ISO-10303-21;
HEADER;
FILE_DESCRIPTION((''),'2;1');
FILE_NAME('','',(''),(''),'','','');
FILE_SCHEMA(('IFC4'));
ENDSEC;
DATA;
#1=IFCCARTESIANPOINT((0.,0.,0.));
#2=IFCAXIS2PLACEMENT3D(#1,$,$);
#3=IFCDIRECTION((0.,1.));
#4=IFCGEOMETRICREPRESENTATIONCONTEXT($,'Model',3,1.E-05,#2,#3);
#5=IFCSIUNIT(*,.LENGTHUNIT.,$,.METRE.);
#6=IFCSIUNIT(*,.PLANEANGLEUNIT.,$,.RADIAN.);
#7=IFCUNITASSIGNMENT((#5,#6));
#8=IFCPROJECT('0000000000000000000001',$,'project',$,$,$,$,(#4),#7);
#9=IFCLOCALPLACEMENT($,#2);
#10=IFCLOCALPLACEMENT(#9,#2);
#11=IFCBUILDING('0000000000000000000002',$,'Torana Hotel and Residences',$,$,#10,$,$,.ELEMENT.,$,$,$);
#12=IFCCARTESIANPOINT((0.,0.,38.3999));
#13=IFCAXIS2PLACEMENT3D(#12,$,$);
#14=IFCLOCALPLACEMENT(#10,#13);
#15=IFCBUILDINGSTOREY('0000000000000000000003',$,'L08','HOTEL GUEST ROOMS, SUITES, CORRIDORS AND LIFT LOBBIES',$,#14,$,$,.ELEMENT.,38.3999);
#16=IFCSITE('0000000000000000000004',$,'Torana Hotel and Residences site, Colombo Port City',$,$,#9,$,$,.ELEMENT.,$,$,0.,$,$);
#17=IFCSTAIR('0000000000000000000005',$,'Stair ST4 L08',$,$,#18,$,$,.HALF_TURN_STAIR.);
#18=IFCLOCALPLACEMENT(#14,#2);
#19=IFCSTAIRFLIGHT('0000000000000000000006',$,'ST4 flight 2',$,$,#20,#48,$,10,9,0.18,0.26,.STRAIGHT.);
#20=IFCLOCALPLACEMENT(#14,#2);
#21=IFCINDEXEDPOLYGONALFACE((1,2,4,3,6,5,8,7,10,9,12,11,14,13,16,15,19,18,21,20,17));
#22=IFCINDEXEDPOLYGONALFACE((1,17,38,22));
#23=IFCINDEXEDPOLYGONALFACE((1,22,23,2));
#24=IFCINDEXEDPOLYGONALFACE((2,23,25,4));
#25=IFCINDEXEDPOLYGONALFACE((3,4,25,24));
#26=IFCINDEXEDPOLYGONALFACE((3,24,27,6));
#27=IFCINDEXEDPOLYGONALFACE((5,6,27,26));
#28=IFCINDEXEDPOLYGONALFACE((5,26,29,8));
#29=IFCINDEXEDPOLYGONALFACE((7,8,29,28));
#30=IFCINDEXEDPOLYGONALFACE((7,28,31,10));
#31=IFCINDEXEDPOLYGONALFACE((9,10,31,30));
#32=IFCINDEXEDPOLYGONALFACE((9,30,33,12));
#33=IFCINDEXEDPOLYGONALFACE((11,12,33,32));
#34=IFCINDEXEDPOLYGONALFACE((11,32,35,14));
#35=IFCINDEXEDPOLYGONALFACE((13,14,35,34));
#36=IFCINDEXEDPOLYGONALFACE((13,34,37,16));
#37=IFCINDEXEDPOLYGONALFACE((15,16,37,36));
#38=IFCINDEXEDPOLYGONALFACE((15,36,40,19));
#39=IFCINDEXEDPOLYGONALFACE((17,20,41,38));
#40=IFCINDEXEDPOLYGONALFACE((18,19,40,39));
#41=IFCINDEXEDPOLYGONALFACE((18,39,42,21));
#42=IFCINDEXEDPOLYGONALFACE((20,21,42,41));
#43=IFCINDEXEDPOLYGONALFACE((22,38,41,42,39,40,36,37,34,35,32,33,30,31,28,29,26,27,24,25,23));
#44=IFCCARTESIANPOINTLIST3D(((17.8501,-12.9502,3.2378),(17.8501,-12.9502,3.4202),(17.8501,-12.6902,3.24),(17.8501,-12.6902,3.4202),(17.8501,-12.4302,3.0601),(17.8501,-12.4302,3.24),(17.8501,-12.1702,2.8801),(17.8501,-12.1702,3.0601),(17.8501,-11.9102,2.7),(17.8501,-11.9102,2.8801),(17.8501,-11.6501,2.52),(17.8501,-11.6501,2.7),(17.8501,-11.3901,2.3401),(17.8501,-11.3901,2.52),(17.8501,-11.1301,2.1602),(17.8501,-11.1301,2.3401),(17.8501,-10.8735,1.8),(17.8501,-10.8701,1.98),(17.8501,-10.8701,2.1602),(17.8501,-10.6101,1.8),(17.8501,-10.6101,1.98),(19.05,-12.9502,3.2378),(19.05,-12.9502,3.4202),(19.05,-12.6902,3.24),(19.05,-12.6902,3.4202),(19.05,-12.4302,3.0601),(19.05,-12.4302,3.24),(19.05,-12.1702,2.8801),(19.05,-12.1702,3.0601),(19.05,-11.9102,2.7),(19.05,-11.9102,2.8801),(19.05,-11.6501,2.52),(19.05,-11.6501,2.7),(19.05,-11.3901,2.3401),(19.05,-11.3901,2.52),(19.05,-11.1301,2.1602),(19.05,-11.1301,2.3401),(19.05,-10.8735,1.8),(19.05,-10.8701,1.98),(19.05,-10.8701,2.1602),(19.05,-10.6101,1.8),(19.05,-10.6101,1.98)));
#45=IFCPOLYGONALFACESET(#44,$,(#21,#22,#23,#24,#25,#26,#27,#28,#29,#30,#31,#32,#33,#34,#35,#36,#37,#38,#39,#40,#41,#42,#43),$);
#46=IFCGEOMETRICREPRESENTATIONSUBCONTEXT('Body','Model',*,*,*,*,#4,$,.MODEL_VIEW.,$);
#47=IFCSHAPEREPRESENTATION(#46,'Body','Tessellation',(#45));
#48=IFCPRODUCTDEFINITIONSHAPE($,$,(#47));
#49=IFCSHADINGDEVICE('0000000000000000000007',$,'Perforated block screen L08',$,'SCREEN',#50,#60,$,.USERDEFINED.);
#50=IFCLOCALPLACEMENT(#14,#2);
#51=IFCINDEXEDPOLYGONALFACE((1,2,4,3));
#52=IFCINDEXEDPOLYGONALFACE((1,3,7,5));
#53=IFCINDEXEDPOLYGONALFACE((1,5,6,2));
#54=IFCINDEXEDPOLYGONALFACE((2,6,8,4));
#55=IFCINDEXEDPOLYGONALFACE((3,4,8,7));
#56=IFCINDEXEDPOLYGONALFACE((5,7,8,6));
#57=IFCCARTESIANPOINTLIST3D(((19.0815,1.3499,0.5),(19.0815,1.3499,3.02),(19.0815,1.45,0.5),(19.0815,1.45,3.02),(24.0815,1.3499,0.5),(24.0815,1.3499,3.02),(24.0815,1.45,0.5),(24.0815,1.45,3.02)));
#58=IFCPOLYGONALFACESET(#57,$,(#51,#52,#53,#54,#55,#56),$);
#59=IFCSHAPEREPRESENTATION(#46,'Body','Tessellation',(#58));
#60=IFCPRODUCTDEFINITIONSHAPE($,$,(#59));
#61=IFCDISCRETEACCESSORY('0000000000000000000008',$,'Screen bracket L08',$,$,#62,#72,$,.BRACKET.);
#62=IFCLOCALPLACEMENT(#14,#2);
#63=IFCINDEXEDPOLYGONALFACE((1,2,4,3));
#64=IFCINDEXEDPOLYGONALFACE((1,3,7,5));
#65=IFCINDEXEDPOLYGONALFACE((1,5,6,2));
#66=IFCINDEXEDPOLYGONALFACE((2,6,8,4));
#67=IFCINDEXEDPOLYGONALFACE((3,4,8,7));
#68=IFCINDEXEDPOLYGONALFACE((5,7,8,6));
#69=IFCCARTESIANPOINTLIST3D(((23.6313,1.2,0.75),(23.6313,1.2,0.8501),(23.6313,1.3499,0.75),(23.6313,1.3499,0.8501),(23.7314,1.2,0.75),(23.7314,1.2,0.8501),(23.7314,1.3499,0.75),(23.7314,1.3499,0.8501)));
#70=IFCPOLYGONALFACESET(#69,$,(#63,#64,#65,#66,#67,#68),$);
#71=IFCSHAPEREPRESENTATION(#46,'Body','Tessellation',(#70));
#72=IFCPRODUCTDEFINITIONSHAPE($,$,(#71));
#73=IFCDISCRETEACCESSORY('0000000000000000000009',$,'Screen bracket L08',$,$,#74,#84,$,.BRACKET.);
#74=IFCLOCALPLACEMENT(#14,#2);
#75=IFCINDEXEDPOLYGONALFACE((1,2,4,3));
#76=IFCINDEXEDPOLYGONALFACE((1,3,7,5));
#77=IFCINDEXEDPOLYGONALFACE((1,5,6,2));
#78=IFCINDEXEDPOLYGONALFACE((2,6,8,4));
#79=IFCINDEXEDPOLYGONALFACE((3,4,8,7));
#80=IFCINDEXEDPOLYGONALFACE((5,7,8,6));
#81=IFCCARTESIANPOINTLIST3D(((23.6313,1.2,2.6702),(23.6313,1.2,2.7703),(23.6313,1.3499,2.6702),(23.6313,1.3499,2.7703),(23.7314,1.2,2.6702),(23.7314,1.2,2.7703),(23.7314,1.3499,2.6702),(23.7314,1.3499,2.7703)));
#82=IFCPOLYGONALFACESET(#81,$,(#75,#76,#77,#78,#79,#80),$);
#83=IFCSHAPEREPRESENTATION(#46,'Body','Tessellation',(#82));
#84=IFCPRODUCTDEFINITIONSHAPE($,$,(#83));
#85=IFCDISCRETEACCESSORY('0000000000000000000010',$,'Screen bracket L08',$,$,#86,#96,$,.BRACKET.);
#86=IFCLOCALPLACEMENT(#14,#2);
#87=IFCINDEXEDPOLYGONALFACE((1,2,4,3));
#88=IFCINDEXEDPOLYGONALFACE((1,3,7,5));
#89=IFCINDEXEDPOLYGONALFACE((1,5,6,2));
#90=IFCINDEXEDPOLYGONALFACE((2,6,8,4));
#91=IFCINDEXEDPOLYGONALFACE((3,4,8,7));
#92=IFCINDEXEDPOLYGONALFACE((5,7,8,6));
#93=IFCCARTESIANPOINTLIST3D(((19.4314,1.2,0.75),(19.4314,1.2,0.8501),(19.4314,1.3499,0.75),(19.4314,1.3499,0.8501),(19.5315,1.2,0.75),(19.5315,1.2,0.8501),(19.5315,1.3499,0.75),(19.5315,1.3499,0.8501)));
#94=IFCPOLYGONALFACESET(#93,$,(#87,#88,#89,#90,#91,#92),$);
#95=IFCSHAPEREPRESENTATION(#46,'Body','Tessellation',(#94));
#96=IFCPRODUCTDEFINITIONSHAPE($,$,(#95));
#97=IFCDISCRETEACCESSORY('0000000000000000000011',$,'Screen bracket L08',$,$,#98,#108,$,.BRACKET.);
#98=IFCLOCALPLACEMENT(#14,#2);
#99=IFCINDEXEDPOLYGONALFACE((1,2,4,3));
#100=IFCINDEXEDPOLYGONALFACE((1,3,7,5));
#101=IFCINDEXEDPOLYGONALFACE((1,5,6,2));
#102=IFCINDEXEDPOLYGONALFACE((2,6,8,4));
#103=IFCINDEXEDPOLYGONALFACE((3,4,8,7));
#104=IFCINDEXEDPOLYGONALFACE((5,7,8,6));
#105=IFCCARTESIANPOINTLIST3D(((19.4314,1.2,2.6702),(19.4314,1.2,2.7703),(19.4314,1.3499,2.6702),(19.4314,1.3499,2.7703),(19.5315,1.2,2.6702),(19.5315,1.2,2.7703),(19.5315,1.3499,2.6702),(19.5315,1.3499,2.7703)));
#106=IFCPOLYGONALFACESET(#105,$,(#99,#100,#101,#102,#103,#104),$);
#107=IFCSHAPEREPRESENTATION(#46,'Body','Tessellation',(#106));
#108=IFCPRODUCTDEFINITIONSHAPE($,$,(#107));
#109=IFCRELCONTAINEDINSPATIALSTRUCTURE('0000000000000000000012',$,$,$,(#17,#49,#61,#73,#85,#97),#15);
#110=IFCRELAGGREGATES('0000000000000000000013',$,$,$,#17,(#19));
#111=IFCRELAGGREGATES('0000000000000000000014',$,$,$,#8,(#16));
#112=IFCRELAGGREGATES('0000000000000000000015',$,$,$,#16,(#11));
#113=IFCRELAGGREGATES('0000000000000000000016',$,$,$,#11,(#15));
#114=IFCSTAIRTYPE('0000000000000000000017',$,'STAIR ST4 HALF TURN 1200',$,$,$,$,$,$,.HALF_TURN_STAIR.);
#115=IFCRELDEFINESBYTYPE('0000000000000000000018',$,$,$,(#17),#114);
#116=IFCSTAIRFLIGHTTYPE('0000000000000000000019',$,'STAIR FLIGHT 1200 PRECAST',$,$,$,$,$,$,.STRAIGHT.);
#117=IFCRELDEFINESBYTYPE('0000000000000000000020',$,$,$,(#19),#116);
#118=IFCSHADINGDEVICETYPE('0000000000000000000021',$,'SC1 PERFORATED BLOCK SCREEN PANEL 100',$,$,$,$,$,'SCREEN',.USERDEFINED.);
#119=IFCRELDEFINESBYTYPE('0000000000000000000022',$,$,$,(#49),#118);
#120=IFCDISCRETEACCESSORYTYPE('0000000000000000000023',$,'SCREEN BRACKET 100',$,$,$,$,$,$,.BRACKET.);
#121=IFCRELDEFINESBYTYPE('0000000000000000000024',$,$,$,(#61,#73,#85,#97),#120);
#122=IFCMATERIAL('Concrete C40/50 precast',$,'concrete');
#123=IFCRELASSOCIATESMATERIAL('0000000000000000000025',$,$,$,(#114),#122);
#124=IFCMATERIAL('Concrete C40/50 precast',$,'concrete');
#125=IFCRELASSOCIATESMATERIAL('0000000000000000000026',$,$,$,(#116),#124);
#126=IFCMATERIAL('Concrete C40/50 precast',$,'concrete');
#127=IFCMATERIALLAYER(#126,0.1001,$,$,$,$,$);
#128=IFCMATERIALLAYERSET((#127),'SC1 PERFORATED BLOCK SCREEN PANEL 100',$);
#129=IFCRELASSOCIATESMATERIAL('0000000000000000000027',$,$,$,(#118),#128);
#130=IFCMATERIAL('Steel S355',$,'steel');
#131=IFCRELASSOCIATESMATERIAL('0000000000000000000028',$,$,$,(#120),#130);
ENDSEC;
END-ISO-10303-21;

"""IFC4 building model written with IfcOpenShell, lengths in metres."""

from ifc_helpers import new_model, si_unit, direction, frame, origin, origin_2d, place, context, subcontext, project, spatial, polyline, rectangle, outline, extrude, material, layer, layer_set, type_object, element, aggregate, save


model = new_model("IFC4")

# Units and contexts
model_context = context("Model", 3, precision=1e-05, world=origin(), true_north=direction((0.0, 1.0)))
body_context = subcontext(model_context, "Body", "Model", "MODEL_VIEW")
ifc_project = project(units=[si_unit("LENGTHUNIT", "METRE"), si_unit("PLANEANGLEUNIT", "RADIAN")], contexts=[model_context])

# Site, building, storey
site_placement = place(None, origin())
site = spatial("IfcSite", under=ifc_project, at=site_placement, Name="Torana Hotel and Residences site, Colombo Port City", CompositionType="ELEMENT", RefElevation=0.0)
building_placement = place(site_placement, origin())
building = spatial("IfcBuilding", under=site, at=building_placement, Name="Torana Hotel and Residences", CompositionType="ELEMENT")
storey_placement = place(building_placement, frame((0.0, 0.0, 38.3999)))
storey = spatial("IfcBuildingStorey", under=building, at=storey_placement, Name="L08", Description="HOTEL GUEST ROOMS, SUITES, CORRIDORS AND LIFT LOBBIES", CompositionType="ELEMENT", Elevation=38.3999)

# Stair, stair flight
ifc_material_1 = material(Name="Concrete C40/50 precast", Category="concrete")
stair_type = type_object("IfcStairType", Name="STAIR ST4 HALF TURN 1200", PredefinedType="HALF_TURN_STAIR", material=ifc_material_1)
stair_placement = place(storey_placement, origin())
stair = element("IfcStair", 1, at=stair_placement, inside=storey, type_object=stair_type, Name="Stair ST4 L08", PredefinedType="HALF_TURN_STAIR")
ifc_material_2 = material(Name="Concrete C40/50 precast", Category="concrete")
stair_flight_type = type_object("IfcStairFlightType", Name="STAIR FLIGHT 1200 PRECAST", PredefinedType="STRAIGHT", material=ifc_material_2)
stair_flight_1_placement = place(storey_placement, frame((18.45, -10.6101, 1.8), z_axis=(0.0, 0.0, 1.0), x_axis=(0.0, -1.0, 0.0)))
stair_flight_1 = element("IfcStairFlight", 2, at=stair_flight_1_placement, type_object=stair_flight_type, Name="ST4 flight 2", NumberOfRisers=10, NumberOfTreads=9, PredefinedType="STRAIGHT", RiserHeight=0.18, TreadLength=0.26, context=body_context, shape_type="SweptSolid", body=[
    extrude(outline(polyline([(0.0, 0.0), (0.0, 0.1799), (0.26, 0.1799), (0.26, 0.3601), (0.52, 0.3601), (0.52, 0.54), (0.78, 0.54), (0.78, 0.72), (1.04, 0.72), (1.04, 0.8999), (1.3, 0.8999), (1.3, 1.0801), (1.5601, 1.0801), (1.5601, 1.26), (1.8201, 1.26), (1.8201, 1.4399), (2.0801, 1.4399), (2.0801, 1.6201), (2.3401, 1.6201), (2.3401, 1.8), (2.3401, 1.4377), (0.2634, 0.0), (0.0, 0.0)])), frame((0.0, 0.6001, 0.0), z_axis=(0.0, -1.0, 0.0), x_axis=(1.0, 0.0, 0.0)), (0.0, 0.0, 1.0), 1.2),
])
aggregate(stair, [stair_flight_1])

# Shading device
ifc_material_3 = material(Name="Concrete C40/50 precast", Category="concrete")
ifc_layer_1 = layer(ifc_material_3, 0.1001)
ifc_layer_set_1 = layer_set([ifc_layer_1], Name="SC1 PERFORATED BLOCK SCREEN PANEL 100")
shading_device_type = type_object("IfcShadingDeviceType", Name="SC1 PERFORATED BLOCK SCREEN PANEL 100", ElementType="SCREEN", PredefinedType="USERDEFINED", material=ifc_layer_set_1)
shading_device_placement = place(storey_placement, frame((21.5815, 1.3999, 0.5), z_axis=(0.0, 0.0, 1.0), x_axis=(-1.0, 0.0, 0.0)))
element("IfcShadingDevice", 3, at=shading_device_placement, inside=storey, type_object=shading_device_type, Name="Perforated block screen L08", ObjectType="SCREEN", PredefinedType="USERDEFINED", context=body_context, shape_type="SweptSolid", body=[
    extrude(rectangle(XDim=5.0, YDim=0.1001, at=origin_2d()), origin(), (0.0, 0.0, 1.0), 2.52),
])

# Discrete accessories
ifc_material_4 = material(Name="Steel S355", Category="steel")
discrete_accessory_type = type_object("IfcDiscreteAccessoryType", Name="SCREEN BRACKET 100", PredefinedType="BRACKET", material=ifc_material_4)
for number, where, z_axis, x_axis, name in (
    (4, (23.6814, 1.2749, 0.75), (0.0, 0.0, 1.0), (-1.0, 0.0, 0.0), "Screen bracket L08"),
    (5, (23.6814, 1.2749, 2.6702), (0.0, 0.0, 1.0), (-1.0, 0.0, 0.0), "Screen bracket L08"),
    (6, (19.4814, 1.2749, 0.75), (0.0, 0.0, 1.0), (-1.0, 0.0, 0.0), "Screen bracket L08"),
    (7, (19.4814, 1.2749, 2.6702), (0.0, 0.0, 1.0), (-1.0, 0.0, 0.0), "Screen bracket L08"),
):
    element("IfcDiscreteAccessory", number, at=place(storey_placement, frame(where, z_axis=z_axis, x_axis=x_axis)), inside=storey, type_object=discrete_accessory_type, Name=name, PredefinedType="BRACKET", context=body_context, shape_type="SweptSolid", body=[
        extrude(rectangle(XDim=0.1001, YDim=0.1499, at=origin_2d()), origin(), (0.0, 0.0, 1.0), 0.1001),
    ])

save(model, "model.ifc")
